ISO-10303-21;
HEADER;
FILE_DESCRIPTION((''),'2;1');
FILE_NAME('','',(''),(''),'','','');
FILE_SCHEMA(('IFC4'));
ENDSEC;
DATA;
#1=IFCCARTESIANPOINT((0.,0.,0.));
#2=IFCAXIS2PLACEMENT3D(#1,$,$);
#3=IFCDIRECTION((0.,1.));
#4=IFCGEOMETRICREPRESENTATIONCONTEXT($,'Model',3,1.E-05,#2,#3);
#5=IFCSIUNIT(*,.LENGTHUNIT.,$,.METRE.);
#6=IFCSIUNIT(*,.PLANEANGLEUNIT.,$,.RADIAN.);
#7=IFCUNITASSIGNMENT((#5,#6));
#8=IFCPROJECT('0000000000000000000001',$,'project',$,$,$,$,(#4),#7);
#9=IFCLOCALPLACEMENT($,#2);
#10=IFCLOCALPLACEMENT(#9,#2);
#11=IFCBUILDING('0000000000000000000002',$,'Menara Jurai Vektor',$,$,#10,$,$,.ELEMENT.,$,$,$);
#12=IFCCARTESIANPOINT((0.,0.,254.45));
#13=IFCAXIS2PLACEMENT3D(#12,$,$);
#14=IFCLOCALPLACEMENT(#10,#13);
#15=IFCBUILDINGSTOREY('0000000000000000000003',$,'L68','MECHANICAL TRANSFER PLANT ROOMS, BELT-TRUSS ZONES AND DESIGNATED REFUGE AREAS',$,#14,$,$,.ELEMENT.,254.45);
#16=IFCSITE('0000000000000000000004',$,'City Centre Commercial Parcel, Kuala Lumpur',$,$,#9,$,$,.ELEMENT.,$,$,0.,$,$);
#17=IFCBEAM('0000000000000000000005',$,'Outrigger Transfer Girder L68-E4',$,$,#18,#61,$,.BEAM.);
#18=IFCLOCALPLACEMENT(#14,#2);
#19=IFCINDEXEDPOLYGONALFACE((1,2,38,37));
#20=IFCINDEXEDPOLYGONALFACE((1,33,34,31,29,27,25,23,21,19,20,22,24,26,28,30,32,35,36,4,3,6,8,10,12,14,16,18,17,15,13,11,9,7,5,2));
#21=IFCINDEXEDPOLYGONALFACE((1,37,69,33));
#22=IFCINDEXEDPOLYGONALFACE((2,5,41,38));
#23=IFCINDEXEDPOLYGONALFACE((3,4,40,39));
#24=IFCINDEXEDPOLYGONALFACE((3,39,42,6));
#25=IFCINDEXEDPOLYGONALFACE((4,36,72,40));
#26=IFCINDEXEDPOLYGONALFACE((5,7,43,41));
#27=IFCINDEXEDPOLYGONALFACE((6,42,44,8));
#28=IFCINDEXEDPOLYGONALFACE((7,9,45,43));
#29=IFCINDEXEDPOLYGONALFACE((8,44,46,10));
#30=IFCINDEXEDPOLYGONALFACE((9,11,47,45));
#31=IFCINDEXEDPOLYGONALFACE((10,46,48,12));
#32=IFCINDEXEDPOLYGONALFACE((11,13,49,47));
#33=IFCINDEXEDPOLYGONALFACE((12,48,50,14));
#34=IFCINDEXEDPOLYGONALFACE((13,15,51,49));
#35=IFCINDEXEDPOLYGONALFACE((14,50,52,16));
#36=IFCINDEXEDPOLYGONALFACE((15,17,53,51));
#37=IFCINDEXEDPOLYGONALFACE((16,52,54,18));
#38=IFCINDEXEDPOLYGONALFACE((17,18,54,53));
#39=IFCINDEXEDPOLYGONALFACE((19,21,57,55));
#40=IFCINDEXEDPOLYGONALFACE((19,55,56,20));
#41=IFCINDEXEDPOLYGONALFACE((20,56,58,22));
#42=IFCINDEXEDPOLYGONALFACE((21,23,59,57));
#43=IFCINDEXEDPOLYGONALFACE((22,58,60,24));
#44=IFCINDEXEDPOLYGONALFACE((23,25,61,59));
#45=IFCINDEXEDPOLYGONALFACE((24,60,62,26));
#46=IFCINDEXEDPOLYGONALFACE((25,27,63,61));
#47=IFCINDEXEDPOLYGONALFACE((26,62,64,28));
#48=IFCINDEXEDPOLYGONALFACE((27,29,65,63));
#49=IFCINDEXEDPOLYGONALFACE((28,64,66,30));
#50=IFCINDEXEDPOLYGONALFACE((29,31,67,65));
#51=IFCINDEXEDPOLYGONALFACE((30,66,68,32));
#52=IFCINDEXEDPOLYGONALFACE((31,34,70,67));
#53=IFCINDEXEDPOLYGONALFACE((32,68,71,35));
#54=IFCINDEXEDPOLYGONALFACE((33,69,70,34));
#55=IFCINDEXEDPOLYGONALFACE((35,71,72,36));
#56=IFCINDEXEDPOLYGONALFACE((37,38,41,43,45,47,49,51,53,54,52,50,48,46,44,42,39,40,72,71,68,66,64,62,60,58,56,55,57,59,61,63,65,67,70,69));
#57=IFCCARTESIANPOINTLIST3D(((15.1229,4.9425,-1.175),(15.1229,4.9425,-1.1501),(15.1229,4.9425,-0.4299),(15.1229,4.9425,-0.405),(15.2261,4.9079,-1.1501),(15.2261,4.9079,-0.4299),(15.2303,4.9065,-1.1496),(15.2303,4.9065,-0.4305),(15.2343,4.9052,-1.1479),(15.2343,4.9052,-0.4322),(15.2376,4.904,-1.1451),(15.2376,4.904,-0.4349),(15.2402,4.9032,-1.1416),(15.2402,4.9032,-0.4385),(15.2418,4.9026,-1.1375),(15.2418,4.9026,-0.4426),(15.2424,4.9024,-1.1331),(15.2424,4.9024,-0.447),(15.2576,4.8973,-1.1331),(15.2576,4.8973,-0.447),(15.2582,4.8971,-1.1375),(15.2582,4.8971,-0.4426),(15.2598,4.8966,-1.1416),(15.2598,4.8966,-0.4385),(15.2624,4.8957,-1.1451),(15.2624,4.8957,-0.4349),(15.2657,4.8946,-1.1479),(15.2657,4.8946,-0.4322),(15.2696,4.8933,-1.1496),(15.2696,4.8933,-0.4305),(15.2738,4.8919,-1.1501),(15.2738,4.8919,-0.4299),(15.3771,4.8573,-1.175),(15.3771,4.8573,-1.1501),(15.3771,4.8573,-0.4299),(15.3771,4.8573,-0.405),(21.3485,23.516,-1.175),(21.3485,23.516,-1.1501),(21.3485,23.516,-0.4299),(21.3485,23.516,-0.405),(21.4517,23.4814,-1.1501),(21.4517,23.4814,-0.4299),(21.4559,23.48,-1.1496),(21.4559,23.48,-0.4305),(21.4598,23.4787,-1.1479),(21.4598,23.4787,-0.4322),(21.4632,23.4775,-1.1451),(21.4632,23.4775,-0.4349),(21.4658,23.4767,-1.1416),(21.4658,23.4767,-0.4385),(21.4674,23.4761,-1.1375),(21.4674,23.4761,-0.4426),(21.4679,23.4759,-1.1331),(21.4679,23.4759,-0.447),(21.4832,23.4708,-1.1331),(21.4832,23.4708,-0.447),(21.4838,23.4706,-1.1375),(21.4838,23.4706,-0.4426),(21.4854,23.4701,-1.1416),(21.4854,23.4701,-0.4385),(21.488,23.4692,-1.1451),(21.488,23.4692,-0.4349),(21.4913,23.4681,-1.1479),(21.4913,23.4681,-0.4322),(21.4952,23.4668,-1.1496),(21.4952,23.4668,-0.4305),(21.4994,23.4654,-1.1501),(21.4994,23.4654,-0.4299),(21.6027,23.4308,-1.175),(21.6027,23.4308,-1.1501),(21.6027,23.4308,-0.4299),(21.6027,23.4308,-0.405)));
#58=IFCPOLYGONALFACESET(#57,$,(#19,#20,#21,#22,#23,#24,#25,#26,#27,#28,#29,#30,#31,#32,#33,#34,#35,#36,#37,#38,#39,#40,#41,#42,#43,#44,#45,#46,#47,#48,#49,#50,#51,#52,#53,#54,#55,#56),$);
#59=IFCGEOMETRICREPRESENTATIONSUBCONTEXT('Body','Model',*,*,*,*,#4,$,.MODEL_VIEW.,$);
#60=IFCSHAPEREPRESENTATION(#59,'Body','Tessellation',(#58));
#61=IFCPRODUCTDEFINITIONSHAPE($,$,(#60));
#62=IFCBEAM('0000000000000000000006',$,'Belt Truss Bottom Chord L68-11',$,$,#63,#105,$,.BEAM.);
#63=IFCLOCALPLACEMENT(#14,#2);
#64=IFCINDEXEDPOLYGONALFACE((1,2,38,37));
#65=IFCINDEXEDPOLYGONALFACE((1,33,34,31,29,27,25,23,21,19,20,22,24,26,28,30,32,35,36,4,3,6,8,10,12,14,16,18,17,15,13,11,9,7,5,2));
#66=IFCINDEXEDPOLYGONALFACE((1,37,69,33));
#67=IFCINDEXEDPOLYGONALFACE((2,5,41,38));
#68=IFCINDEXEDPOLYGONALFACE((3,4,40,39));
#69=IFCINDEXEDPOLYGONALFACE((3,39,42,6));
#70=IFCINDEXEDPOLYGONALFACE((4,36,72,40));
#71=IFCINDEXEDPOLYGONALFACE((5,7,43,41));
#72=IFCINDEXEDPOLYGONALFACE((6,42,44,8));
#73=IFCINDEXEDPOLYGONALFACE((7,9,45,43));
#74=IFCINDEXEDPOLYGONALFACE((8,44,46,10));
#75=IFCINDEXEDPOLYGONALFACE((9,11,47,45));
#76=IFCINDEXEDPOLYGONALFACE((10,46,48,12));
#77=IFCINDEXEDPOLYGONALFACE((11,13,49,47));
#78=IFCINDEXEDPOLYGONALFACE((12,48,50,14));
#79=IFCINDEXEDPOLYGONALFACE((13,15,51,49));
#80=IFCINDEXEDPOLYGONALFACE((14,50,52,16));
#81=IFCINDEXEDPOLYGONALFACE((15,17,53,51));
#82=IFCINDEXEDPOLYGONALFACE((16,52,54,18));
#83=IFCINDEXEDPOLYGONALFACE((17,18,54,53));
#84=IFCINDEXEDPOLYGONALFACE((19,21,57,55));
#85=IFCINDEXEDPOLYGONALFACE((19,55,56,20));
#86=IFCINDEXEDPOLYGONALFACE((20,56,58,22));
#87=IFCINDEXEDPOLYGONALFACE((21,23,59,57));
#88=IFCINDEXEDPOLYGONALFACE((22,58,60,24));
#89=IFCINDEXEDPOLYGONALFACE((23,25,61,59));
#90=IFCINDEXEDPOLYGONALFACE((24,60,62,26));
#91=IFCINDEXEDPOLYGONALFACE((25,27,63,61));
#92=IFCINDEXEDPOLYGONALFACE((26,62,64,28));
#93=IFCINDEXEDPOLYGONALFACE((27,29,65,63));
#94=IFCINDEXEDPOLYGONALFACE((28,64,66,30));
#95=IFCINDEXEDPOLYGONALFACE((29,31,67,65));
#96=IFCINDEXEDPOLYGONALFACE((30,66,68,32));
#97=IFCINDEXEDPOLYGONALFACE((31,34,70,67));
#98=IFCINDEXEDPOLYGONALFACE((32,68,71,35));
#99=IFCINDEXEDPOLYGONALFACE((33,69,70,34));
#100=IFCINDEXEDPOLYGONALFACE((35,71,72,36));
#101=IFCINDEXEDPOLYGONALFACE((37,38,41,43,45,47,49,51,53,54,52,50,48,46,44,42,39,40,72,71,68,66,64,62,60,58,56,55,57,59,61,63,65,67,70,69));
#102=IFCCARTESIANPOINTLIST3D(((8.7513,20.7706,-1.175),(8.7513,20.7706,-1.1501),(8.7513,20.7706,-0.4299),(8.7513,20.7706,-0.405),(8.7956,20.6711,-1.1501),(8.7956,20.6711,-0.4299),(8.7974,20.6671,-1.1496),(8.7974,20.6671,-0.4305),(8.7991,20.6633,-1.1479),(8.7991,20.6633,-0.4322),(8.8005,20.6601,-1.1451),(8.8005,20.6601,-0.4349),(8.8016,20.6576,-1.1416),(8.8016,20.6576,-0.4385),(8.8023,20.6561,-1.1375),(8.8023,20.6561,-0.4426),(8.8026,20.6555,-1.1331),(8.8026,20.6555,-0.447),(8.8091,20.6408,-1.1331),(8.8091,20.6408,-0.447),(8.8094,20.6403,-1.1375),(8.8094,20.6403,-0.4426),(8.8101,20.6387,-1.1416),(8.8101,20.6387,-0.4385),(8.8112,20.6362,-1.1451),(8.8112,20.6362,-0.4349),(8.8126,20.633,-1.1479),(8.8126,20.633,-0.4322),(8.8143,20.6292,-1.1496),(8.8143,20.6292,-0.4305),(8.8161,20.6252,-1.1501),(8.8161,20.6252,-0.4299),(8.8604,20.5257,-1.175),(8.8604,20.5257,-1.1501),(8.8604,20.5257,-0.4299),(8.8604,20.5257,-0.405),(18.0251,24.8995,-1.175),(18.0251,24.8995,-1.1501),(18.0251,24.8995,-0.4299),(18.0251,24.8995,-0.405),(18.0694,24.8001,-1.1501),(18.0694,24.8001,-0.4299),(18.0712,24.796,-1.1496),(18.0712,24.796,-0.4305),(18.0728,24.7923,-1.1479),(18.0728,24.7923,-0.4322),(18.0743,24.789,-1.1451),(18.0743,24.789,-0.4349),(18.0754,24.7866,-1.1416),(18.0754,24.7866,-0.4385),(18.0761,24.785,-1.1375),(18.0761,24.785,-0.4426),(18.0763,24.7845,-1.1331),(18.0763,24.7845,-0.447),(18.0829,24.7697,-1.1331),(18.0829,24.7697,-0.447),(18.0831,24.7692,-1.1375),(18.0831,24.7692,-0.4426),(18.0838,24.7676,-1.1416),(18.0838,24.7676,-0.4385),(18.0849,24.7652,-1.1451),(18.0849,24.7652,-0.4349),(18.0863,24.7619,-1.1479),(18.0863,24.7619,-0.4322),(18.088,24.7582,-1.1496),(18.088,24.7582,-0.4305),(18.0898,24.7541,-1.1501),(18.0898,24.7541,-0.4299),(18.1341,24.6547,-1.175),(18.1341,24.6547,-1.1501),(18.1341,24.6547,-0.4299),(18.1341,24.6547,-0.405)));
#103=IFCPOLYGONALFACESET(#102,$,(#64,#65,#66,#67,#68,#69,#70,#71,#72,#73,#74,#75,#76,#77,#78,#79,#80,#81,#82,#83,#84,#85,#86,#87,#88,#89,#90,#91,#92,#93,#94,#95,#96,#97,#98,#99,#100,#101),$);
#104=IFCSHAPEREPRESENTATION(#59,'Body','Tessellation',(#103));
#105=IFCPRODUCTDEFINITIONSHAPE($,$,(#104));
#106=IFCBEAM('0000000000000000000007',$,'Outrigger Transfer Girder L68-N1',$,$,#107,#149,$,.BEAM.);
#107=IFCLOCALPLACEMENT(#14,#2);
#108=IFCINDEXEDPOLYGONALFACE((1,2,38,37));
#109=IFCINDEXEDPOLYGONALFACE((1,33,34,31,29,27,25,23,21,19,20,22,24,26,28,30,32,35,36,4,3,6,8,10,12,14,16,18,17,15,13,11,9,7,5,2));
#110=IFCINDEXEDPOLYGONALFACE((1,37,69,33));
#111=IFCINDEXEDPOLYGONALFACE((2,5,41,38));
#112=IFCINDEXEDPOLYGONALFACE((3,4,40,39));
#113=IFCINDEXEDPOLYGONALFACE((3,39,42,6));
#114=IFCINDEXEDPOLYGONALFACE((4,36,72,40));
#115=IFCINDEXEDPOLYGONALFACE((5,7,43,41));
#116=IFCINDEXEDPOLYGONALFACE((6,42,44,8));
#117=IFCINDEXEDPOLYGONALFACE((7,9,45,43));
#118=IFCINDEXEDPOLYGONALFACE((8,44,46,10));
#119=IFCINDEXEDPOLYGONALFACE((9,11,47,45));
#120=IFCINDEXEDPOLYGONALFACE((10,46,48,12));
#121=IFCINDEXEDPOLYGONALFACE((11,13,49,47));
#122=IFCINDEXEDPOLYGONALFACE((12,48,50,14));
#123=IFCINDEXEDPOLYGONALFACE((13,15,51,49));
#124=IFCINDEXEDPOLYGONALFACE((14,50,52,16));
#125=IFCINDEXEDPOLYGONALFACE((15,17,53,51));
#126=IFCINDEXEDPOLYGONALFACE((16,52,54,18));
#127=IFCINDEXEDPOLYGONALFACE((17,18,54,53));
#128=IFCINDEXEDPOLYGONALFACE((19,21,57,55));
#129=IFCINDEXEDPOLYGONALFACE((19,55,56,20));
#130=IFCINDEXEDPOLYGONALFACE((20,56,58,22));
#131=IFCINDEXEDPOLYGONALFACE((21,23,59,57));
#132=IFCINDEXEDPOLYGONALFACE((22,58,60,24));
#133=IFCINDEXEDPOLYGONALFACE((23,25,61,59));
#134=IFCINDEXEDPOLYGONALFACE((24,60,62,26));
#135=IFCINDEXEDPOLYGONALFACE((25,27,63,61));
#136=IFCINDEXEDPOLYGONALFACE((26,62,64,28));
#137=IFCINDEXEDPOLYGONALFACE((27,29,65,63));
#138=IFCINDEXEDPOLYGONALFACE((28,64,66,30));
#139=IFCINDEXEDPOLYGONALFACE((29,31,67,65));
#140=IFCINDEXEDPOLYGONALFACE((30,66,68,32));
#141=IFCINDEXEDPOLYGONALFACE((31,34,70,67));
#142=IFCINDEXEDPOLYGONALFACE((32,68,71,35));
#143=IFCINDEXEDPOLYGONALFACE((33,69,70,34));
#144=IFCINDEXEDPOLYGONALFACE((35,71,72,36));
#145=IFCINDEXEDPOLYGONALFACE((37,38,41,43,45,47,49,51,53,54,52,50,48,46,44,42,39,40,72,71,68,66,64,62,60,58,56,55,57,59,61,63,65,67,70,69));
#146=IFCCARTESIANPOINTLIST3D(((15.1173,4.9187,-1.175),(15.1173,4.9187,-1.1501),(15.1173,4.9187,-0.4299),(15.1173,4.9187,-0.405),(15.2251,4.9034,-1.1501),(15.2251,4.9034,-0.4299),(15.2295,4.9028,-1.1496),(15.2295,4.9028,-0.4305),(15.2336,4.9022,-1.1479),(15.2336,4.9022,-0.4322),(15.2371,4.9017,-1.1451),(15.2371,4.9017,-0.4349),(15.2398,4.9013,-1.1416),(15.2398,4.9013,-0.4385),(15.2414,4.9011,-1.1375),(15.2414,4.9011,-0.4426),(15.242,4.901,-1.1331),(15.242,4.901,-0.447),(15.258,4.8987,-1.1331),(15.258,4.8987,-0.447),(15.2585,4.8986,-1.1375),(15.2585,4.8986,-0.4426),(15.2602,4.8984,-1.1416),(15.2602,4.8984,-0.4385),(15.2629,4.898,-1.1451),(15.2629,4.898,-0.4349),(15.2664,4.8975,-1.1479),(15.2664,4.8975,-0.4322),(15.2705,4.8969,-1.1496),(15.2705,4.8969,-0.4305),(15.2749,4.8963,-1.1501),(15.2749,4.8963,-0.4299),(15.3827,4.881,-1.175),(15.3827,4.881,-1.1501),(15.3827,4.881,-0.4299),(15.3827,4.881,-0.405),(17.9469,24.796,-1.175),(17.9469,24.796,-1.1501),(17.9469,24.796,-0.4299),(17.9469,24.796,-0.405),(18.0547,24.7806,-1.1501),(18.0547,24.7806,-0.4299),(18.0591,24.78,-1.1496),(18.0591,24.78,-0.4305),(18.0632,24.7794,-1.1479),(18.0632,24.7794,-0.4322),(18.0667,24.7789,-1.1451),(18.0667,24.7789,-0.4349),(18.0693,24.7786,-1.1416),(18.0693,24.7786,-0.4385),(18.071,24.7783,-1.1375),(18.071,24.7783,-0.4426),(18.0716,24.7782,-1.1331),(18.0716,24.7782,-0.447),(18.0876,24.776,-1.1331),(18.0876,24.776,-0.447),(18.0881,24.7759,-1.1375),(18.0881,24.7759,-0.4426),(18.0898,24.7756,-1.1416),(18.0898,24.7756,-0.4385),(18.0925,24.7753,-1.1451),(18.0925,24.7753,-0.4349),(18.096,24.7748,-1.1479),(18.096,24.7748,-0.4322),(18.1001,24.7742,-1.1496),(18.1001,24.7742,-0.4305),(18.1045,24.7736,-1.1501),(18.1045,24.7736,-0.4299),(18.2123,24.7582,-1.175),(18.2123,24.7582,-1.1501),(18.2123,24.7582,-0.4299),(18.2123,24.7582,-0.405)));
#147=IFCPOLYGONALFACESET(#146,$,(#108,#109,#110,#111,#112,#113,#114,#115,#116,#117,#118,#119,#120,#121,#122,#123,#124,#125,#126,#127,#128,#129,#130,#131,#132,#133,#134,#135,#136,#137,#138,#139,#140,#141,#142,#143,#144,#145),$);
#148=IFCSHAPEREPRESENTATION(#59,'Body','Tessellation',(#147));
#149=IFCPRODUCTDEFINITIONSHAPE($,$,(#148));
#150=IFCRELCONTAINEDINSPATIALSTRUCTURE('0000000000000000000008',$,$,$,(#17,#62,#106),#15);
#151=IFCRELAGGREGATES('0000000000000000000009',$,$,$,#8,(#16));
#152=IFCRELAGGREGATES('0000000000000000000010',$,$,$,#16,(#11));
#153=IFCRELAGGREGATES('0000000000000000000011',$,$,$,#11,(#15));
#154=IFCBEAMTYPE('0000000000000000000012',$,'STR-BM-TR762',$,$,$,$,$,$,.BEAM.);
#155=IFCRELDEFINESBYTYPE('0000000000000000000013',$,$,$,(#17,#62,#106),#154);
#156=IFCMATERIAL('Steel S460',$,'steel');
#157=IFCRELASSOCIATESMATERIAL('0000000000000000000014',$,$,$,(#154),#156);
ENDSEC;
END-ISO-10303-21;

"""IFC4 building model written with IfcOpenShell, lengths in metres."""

from ifc_helpers import new_model, si_unit, direction, frame, origin, origin_2d, place, context, subcontext, project, spatial, i_section, extrude, material, material_profile, profile_set, type_object, element, save


model = new_model("IFC4")

# Units and contexts
model_context = context("Model", 3, precision=1e-05, world=origin(), true_north=direction((0.0, 1.0)))
body_context = subcontext(model_context, "Body", "Model", "MODEL_VIEW")
ifc_project = project(units=[si_unit("LENGTHUNIT", "METRE"), si_unit("PLANEANGLEUNIT", "RADIAN")], contexts=[model_context])

# Site, building, storey
site_placement = place(None, origin())
site = spatial("IfcSite", under=ifc_project, at=site_placement, Name="City Centre Commercial Parcel, Kuala Lumpur", CompositionType="ELEMENT", RefElevation=0.0)
building_placement = place(site_placement, origin())
building = spatial("IfcBuilding", under=site, at=building_placement, Name="Menara Jurai Vektor", CompositionType="ELEMENT")
storey_placement = place(building_placement, frame((0.0, 0.0, 254.45)))
storey = spatial("IfcBuildingStorey", under=building, at=storey_placement, Name="L68", Description="MECHANICAL TRANSFER PLANT ROOMS, BELT-TRUSS ZONES AND DESIGNATED REFUGE AREAS", CompositionType="ELEMENT", Elevation=254.45)

# Shared definitions
ifc_material_1 = material(Name="Steel S460", Category="steel")

# Beams
ifc_material_profile_1 = material_profile(ifc_material_1, i_section(OverallWidth=0.2681, OverallDepth=0.77, WebThickness=0.0161, FlangeThickness=0.0249, FilletRadius=0.0171, at=origin_2d()), Name="UKB 762x267x197")
ifc_profile_set_1 = profile_set([ifc_material_profile_1], Name="Steel S460")
beam_type_1 = type_object("IfcBeamType", Name="STR-BM-TR762", PredefinedType="BEAM", material=ifc_profile_set_1)
beam_1_placement = place(storey_placement, frame((21.4756, 23.4734, -0.79), z_axis=(-0.317809, -0.948155, 0.0), x_axis=(0.948155, -0.317809, 0.0)))
element("IfcBeam", 1, at=beam_1_placement, inside=storey, type_object=beam_type_1, Name="Outrigger Transfer Girder L68-E4", PredefinedType="BEAM", context=body_context, shape_type="SweptSolid", body=[
    extrude(i_section(OverallWidth=0.2681, OverallDepth=0.77, WebThickness=0.0161, FlangeThickness=0.0249, FilletRadius=0.0171, at=origin_2d()), origin(), (0.0, 0.0, 1.0), 19.5891),
])
beam_2_placement = place(storey_placement, frame((18.0796, 24.7771, -0.79), z_axis=(-0.913546, -0.406736, 0.0), x_axis=(0.406736, -0.913546, 0.0)))
element("IfcBeam", 2, at=beam_2_placement, inside=storey, type_object=beam_type_1, Name="Belt Truss Bottom Chord L68-11", PredefinedType="BEAM", context=body_context, shape_type="SweptSolid", body=[
    extrude(i_section(OverallWidth=0.2681, OverallDepth=0.77, WebThickness=0.0161, FlangeThickness=0.0249, FilletRadius=0.0171, at=origin_2d()), origin(), (0.0, 0.0, 1.0), 10.1514),
])
beam_3_placement = place(storey_placement, frame((18.0796, 24.7771, -0.79), z_axis=(-0.140933, -0.990019, 0.0), x_axis=(0.990019, -0.140933, 0.0)))
element("IfcBeam", 3, at=beam_3_placement, inside=storey, type_object=beam_type_1, Name="Outrigger Transfer Girder L68-N1", PredefinedType="BEAM", context=body_context, shape_type="SweptSolid", body=[
    extrude(i_section(OverallWidth=0.2681, OverallDepth=0.77, WebThickness=0.0161, FlangeThickness=0.0249, FilletRadius=0.0171, at=origin_2d()), origin(), (0.0, 0.0, 1.0), 20.0776),
])

save(model, "model.ifc")
